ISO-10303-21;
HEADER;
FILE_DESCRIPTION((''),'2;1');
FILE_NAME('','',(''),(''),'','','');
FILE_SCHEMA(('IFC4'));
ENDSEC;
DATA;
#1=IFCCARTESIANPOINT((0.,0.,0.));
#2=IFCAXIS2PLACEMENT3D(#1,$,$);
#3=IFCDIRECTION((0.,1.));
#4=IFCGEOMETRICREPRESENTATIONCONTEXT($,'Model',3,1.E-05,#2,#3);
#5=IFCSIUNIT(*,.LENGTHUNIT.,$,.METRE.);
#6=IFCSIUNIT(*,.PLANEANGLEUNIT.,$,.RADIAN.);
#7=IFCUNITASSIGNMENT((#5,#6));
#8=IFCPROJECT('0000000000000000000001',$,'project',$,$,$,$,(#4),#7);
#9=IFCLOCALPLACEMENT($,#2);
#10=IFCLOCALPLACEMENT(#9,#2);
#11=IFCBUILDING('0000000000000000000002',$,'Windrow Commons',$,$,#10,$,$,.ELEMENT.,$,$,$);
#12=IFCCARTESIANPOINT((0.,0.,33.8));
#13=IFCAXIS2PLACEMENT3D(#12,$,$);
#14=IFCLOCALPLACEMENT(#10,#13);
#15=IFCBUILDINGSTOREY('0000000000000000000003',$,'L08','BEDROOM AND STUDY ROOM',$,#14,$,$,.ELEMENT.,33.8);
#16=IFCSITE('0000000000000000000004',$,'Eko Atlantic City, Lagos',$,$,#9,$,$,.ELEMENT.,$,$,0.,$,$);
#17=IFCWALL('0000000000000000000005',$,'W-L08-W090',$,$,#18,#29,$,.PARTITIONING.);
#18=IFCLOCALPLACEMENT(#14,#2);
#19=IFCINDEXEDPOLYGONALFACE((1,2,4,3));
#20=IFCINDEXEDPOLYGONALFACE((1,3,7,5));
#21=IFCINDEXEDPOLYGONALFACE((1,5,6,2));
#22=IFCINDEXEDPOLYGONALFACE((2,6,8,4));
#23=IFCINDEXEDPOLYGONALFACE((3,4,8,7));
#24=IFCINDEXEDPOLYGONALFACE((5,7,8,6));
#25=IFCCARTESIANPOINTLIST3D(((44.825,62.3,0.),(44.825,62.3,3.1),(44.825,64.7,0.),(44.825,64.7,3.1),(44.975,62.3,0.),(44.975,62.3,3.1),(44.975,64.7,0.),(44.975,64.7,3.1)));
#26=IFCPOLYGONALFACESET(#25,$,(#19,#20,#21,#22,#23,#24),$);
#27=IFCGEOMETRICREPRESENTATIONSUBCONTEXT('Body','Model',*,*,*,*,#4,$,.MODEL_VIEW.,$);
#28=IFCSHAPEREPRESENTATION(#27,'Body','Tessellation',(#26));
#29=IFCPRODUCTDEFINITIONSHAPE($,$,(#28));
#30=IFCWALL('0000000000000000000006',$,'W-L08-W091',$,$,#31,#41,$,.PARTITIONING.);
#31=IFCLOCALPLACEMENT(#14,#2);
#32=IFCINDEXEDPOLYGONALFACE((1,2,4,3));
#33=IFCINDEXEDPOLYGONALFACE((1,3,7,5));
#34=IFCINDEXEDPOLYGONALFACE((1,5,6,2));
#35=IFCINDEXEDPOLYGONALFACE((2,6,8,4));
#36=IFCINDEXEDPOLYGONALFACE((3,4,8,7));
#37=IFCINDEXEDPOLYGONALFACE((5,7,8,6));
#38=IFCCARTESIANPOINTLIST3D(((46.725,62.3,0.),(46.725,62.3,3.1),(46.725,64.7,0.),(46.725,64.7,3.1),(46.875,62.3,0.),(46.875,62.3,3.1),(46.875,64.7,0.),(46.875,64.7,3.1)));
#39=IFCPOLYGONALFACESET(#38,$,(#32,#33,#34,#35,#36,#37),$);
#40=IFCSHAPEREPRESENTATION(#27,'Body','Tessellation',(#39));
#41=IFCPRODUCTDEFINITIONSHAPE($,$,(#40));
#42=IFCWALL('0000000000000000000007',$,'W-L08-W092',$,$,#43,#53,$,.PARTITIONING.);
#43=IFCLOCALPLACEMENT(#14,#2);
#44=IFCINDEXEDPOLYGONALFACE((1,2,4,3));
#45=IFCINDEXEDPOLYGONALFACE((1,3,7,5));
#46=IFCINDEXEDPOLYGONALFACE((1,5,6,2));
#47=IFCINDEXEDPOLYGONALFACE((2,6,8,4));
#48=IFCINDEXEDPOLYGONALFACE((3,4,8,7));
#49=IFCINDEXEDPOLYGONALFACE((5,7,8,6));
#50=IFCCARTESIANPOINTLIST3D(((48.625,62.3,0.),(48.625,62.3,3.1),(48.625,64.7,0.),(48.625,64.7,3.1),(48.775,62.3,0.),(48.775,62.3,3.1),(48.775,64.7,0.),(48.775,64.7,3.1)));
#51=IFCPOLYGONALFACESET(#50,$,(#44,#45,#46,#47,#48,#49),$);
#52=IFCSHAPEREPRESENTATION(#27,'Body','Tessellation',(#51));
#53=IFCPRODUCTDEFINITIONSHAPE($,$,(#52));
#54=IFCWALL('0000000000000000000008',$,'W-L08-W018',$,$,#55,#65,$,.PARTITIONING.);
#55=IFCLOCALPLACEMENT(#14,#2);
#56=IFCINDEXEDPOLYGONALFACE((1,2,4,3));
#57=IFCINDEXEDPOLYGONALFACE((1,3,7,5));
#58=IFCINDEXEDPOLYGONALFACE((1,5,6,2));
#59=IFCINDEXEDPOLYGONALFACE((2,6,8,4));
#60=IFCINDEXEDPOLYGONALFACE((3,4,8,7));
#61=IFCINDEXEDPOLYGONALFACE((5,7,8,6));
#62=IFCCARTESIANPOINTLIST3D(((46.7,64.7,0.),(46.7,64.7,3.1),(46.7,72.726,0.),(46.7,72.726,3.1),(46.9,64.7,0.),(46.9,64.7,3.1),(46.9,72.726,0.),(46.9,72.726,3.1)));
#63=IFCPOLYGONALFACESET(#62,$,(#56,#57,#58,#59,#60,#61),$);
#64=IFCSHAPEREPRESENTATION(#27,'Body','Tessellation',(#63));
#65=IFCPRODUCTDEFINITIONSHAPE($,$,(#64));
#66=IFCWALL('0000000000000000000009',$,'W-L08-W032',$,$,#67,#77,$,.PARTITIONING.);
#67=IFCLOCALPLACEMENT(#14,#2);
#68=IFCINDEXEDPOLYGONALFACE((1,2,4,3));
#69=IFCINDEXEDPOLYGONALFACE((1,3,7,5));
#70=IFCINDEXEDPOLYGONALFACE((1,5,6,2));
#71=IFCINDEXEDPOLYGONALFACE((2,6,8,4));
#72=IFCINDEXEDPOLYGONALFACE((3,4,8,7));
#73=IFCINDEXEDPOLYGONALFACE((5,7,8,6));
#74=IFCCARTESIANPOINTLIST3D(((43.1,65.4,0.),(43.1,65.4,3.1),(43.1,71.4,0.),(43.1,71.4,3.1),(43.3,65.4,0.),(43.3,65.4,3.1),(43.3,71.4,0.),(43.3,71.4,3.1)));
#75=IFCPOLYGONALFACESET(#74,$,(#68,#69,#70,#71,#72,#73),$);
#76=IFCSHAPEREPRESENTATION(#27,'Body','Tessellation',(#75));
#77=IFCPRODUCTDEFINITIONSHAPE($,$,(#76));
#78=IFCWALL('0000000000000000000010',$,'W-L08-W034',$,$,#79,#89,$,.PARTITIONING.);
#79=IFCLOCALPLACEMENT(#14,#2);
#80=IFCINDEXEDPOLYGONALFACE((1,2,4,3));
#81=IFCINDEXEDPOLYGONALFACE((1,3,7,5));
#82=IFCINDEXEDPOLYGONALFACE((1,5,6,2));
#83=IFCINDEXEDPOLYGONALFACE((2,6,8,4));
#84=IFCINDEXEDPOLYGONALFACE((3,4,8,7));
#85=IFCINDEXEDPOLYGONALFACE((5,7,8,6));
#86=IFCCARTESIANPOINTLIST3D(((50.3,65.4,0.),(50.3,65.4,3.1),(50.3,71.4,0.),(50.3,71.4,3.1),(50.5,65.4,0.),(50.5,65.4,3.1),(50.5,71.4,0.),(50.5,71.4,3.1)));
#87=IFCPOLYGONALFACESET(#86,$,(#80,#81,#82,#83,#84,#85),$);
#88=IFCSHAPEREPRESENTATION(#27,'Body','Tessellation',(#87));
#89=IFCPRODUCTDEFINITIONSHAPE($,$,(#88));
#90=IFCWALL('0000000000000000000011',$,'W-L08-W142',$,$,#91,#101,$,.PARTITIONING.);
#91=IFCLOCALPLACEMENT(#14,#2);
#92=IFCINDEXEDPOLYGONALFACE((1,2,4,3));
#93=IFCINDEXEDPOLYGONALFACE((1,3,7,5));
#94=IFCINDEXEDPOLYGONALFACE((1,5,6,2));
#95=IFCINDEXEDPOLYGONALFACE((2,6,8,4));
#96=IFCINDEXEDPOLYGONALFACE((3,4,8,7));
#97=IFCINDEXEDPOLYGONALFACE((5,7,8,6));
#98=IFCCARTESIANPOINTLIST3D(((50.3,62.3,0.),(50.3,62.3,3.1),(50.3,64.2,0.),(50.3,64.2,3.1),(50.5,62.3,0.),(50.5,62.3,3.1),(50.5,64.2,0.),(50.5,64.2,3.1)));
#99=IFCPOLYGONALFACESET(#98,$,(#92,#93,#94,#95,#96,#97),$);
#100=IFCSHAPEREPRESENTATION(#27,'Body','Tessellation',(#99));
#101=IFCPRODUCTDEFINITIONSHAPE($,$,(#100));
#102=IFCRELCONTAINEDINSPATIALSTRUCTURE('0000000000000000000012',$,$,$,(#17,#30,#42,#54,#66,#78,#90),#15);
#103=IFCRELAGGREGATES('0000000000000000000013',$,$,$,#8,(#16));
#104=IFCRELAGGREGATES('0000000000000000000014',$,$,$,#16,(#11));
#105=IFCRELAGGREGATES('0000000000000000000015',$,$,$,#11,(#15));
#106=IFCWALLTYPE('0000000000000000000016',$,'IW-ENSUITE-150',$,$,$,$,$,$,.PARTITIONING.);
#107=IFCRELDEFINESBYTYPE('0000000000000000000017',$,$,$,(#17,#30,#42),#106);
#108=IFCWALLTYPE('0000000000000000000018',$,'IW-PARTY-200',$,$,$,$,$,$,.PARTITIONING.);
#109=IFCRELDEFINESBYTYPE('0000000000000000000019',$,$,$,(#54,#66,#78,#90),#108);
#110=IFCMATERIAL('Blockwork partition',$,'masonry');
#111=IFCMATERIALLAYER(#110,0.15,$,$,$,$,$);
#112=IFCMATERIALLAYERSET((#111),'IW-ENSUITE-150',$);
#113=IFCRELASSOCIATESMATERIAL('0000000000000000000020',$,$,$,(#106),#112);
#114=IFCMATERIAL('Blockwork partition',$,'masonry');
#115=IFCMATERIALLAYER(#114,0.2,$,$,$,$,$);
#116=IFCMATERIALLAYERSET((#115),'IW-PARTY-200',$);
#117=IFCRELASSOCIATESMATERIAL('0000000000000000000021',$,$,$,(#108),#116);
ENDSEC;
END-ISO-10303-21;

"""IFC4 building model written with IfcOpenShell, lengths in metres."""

from ifc_helpers import new_model, si_unit, direction, frame, frame_2d, origin, place, context, subcontext, project, spatial, rectangle, extrude, material, layer, layer_set, type_object, element, save


model = new_model("IFC4")

# Units and contexts
model_context = context("Model", 3, precision=1e-05, world=origin(), true_north=direction((0.0, 1.0)))
body_context = subcontext(model_context, "Body", "Model", "MODEL_VIEW")
ifc_project = project(units=[si_unit("LENGTHUNIT", "METRE"), si_unit("PLANEANGLEUNIT", "RADIAN")], contexts=[model_context])

# Site, building, storey
site_placement = place(None, origin())
site = spatial("IfcSite", under=ifc_project, at=site_placement, Name="Eko Atlantic City, Lagos", CompositionType="ELEMENT", RefElevation=0.0)
building_placement = place(site_placement, origin())
building = spatial("IfcBuilding", under=site, at=building_placement, Name="Windrow Commons", CompositionType="ELEMENT")
storey_placement = place(building_placement, frame((0.0, 0.0, 33.8)))
storey = spatial("IfcBuildingStorey", under=building, at=storey_placement, Name="L08", Description="BEDROOM AND STUDY ROOM", CompositionType="ELEMENT", Elevation=33.8)

# Shared definitions
ifc_material_1 = material(Name="Blockwork partition", Category="masonry")
ifc_layer_1 = layer(ifc_material_1, 0.15)
ifc_layer_set_1 = layer_set([ifc_layer_1], Name="IW-ENSUITE-150")
wall_type_1 = type_object("IfcWallType", Name="IW-ENSUITE-150", PredefinedType="PARTITIONING", material=ifc_layer_set_1)

# Walls
for number, where, z_axis, x_axis, name in (
    (1, (44.9, 62.3, 0.0), (0.0, 0.0, 1.0), (0.0, 1.0, 0.0), "W-L08-W090"),
    (2, (46.8, 62.3, 0.0), (0.0, 0.0, 1.0), (0.0, 1.0, 0.0), "W-L08-W091"),
    (3, (48.7, 62.3, 0.0), (0.0, 0.0, 1.0), (0.0, 1.0, 0.0), "W-L08-W092"),
):
    element("IfcWall", number, at=place(storey_placement, frame(where, z_axis=z_axis, x_axis=x_axis)), inside=storey, type_object=wall_type_1, Name=name, PredefinedType="PARTITIONING", context=body_context, shape_type="SweptSolid", body=[
        extrude(rectangle(XDim=2.4, YDim=0.15, at=frame_2d((1.2, 0.0))), origin(), (0.0, 0.0, 1.0), 3.1),
    ])
ifc_material_2 = material(Name="Blockwork partition", Category="masonry")
ifc_layer_2 = layer(ifc_material_2, 0.2)
ifc_layer_set_2 = layer_set([ifc_layer_2], Name="IW-PARTY-200")
wall_type_2 = type_object("IfcWallType", Name="IW-PARTY-200", PredefinedType="PARTITIONING", material=ifc_layer_set_2)
wall_1_placement = place(storey_placement, frame((46.8, 64.7, 0.0), z_axis=(0.0, 0.0, 1.0), x_axis=(0.0, 1.0, 0.0)))
element("IfcWall", 4, at=wall_1_placement, inside=storey, type_object=wall_type_2, Name="W-L08-W018", PredefinedType="PARTITIONING", context=body_context, shape_type="SweptSolid", body=[
    extrude(rectangle(XDim=8.026, YDim=0.2, at=frame_2d((4.013, 0.0))), origin(), (0.0, 0.0, 1.0), 3.1),
])
for number, where, z_axis, x_axis, name in (
    (5, (43.2, 65.4, 0.0), (0.0, 0.0, 1.0), (0.0, 1.0, 0.0), "W-L08-W032"),
    (6, (50.4, 65.4, 0.0), (0.0, 0.0, 1.0), (0.0, 1.0, 0.0), "W-L08-W034"),
):
    element("IfcWall", number, at=place(storey_placement, frame(where, z_axis=z_axis, x_axis=x_axis)), inside=storey, type_object=wall_type_2, Name=name, PredefinedType="PARTITIONING", context=body_context, shape_type="SweptSolid", body=[
        extrude(rectangle(XDim=6.0, YDim=0.2, at=frame_2d((3.0, 0.0))), origin(), (0.0, 0.0, 1.0), 3.1),
    ])
wall_2_placement = place(storey_placement, frame((50.4, 62.3, 0.0), z_axis=(0.0, 0.0, 1.0), x_axis=(0.0, 1.0, 0.0)))
element("IfcWall", 7, at=wall_2_placement, inside=storey, type_object=wall_type_2, Name="W-L08-W142", PredefinedType="PARTITIONING", context=body_context, shape_type="SweptSolid", body=[
    extrude(rectangle(XDim=1.9, YDim=0.2, at=frame_2d((0.95, 0.0))), origin(), (0.0, 0.0, 1.0), 3.1),
])

save(model, "model.ifc")
